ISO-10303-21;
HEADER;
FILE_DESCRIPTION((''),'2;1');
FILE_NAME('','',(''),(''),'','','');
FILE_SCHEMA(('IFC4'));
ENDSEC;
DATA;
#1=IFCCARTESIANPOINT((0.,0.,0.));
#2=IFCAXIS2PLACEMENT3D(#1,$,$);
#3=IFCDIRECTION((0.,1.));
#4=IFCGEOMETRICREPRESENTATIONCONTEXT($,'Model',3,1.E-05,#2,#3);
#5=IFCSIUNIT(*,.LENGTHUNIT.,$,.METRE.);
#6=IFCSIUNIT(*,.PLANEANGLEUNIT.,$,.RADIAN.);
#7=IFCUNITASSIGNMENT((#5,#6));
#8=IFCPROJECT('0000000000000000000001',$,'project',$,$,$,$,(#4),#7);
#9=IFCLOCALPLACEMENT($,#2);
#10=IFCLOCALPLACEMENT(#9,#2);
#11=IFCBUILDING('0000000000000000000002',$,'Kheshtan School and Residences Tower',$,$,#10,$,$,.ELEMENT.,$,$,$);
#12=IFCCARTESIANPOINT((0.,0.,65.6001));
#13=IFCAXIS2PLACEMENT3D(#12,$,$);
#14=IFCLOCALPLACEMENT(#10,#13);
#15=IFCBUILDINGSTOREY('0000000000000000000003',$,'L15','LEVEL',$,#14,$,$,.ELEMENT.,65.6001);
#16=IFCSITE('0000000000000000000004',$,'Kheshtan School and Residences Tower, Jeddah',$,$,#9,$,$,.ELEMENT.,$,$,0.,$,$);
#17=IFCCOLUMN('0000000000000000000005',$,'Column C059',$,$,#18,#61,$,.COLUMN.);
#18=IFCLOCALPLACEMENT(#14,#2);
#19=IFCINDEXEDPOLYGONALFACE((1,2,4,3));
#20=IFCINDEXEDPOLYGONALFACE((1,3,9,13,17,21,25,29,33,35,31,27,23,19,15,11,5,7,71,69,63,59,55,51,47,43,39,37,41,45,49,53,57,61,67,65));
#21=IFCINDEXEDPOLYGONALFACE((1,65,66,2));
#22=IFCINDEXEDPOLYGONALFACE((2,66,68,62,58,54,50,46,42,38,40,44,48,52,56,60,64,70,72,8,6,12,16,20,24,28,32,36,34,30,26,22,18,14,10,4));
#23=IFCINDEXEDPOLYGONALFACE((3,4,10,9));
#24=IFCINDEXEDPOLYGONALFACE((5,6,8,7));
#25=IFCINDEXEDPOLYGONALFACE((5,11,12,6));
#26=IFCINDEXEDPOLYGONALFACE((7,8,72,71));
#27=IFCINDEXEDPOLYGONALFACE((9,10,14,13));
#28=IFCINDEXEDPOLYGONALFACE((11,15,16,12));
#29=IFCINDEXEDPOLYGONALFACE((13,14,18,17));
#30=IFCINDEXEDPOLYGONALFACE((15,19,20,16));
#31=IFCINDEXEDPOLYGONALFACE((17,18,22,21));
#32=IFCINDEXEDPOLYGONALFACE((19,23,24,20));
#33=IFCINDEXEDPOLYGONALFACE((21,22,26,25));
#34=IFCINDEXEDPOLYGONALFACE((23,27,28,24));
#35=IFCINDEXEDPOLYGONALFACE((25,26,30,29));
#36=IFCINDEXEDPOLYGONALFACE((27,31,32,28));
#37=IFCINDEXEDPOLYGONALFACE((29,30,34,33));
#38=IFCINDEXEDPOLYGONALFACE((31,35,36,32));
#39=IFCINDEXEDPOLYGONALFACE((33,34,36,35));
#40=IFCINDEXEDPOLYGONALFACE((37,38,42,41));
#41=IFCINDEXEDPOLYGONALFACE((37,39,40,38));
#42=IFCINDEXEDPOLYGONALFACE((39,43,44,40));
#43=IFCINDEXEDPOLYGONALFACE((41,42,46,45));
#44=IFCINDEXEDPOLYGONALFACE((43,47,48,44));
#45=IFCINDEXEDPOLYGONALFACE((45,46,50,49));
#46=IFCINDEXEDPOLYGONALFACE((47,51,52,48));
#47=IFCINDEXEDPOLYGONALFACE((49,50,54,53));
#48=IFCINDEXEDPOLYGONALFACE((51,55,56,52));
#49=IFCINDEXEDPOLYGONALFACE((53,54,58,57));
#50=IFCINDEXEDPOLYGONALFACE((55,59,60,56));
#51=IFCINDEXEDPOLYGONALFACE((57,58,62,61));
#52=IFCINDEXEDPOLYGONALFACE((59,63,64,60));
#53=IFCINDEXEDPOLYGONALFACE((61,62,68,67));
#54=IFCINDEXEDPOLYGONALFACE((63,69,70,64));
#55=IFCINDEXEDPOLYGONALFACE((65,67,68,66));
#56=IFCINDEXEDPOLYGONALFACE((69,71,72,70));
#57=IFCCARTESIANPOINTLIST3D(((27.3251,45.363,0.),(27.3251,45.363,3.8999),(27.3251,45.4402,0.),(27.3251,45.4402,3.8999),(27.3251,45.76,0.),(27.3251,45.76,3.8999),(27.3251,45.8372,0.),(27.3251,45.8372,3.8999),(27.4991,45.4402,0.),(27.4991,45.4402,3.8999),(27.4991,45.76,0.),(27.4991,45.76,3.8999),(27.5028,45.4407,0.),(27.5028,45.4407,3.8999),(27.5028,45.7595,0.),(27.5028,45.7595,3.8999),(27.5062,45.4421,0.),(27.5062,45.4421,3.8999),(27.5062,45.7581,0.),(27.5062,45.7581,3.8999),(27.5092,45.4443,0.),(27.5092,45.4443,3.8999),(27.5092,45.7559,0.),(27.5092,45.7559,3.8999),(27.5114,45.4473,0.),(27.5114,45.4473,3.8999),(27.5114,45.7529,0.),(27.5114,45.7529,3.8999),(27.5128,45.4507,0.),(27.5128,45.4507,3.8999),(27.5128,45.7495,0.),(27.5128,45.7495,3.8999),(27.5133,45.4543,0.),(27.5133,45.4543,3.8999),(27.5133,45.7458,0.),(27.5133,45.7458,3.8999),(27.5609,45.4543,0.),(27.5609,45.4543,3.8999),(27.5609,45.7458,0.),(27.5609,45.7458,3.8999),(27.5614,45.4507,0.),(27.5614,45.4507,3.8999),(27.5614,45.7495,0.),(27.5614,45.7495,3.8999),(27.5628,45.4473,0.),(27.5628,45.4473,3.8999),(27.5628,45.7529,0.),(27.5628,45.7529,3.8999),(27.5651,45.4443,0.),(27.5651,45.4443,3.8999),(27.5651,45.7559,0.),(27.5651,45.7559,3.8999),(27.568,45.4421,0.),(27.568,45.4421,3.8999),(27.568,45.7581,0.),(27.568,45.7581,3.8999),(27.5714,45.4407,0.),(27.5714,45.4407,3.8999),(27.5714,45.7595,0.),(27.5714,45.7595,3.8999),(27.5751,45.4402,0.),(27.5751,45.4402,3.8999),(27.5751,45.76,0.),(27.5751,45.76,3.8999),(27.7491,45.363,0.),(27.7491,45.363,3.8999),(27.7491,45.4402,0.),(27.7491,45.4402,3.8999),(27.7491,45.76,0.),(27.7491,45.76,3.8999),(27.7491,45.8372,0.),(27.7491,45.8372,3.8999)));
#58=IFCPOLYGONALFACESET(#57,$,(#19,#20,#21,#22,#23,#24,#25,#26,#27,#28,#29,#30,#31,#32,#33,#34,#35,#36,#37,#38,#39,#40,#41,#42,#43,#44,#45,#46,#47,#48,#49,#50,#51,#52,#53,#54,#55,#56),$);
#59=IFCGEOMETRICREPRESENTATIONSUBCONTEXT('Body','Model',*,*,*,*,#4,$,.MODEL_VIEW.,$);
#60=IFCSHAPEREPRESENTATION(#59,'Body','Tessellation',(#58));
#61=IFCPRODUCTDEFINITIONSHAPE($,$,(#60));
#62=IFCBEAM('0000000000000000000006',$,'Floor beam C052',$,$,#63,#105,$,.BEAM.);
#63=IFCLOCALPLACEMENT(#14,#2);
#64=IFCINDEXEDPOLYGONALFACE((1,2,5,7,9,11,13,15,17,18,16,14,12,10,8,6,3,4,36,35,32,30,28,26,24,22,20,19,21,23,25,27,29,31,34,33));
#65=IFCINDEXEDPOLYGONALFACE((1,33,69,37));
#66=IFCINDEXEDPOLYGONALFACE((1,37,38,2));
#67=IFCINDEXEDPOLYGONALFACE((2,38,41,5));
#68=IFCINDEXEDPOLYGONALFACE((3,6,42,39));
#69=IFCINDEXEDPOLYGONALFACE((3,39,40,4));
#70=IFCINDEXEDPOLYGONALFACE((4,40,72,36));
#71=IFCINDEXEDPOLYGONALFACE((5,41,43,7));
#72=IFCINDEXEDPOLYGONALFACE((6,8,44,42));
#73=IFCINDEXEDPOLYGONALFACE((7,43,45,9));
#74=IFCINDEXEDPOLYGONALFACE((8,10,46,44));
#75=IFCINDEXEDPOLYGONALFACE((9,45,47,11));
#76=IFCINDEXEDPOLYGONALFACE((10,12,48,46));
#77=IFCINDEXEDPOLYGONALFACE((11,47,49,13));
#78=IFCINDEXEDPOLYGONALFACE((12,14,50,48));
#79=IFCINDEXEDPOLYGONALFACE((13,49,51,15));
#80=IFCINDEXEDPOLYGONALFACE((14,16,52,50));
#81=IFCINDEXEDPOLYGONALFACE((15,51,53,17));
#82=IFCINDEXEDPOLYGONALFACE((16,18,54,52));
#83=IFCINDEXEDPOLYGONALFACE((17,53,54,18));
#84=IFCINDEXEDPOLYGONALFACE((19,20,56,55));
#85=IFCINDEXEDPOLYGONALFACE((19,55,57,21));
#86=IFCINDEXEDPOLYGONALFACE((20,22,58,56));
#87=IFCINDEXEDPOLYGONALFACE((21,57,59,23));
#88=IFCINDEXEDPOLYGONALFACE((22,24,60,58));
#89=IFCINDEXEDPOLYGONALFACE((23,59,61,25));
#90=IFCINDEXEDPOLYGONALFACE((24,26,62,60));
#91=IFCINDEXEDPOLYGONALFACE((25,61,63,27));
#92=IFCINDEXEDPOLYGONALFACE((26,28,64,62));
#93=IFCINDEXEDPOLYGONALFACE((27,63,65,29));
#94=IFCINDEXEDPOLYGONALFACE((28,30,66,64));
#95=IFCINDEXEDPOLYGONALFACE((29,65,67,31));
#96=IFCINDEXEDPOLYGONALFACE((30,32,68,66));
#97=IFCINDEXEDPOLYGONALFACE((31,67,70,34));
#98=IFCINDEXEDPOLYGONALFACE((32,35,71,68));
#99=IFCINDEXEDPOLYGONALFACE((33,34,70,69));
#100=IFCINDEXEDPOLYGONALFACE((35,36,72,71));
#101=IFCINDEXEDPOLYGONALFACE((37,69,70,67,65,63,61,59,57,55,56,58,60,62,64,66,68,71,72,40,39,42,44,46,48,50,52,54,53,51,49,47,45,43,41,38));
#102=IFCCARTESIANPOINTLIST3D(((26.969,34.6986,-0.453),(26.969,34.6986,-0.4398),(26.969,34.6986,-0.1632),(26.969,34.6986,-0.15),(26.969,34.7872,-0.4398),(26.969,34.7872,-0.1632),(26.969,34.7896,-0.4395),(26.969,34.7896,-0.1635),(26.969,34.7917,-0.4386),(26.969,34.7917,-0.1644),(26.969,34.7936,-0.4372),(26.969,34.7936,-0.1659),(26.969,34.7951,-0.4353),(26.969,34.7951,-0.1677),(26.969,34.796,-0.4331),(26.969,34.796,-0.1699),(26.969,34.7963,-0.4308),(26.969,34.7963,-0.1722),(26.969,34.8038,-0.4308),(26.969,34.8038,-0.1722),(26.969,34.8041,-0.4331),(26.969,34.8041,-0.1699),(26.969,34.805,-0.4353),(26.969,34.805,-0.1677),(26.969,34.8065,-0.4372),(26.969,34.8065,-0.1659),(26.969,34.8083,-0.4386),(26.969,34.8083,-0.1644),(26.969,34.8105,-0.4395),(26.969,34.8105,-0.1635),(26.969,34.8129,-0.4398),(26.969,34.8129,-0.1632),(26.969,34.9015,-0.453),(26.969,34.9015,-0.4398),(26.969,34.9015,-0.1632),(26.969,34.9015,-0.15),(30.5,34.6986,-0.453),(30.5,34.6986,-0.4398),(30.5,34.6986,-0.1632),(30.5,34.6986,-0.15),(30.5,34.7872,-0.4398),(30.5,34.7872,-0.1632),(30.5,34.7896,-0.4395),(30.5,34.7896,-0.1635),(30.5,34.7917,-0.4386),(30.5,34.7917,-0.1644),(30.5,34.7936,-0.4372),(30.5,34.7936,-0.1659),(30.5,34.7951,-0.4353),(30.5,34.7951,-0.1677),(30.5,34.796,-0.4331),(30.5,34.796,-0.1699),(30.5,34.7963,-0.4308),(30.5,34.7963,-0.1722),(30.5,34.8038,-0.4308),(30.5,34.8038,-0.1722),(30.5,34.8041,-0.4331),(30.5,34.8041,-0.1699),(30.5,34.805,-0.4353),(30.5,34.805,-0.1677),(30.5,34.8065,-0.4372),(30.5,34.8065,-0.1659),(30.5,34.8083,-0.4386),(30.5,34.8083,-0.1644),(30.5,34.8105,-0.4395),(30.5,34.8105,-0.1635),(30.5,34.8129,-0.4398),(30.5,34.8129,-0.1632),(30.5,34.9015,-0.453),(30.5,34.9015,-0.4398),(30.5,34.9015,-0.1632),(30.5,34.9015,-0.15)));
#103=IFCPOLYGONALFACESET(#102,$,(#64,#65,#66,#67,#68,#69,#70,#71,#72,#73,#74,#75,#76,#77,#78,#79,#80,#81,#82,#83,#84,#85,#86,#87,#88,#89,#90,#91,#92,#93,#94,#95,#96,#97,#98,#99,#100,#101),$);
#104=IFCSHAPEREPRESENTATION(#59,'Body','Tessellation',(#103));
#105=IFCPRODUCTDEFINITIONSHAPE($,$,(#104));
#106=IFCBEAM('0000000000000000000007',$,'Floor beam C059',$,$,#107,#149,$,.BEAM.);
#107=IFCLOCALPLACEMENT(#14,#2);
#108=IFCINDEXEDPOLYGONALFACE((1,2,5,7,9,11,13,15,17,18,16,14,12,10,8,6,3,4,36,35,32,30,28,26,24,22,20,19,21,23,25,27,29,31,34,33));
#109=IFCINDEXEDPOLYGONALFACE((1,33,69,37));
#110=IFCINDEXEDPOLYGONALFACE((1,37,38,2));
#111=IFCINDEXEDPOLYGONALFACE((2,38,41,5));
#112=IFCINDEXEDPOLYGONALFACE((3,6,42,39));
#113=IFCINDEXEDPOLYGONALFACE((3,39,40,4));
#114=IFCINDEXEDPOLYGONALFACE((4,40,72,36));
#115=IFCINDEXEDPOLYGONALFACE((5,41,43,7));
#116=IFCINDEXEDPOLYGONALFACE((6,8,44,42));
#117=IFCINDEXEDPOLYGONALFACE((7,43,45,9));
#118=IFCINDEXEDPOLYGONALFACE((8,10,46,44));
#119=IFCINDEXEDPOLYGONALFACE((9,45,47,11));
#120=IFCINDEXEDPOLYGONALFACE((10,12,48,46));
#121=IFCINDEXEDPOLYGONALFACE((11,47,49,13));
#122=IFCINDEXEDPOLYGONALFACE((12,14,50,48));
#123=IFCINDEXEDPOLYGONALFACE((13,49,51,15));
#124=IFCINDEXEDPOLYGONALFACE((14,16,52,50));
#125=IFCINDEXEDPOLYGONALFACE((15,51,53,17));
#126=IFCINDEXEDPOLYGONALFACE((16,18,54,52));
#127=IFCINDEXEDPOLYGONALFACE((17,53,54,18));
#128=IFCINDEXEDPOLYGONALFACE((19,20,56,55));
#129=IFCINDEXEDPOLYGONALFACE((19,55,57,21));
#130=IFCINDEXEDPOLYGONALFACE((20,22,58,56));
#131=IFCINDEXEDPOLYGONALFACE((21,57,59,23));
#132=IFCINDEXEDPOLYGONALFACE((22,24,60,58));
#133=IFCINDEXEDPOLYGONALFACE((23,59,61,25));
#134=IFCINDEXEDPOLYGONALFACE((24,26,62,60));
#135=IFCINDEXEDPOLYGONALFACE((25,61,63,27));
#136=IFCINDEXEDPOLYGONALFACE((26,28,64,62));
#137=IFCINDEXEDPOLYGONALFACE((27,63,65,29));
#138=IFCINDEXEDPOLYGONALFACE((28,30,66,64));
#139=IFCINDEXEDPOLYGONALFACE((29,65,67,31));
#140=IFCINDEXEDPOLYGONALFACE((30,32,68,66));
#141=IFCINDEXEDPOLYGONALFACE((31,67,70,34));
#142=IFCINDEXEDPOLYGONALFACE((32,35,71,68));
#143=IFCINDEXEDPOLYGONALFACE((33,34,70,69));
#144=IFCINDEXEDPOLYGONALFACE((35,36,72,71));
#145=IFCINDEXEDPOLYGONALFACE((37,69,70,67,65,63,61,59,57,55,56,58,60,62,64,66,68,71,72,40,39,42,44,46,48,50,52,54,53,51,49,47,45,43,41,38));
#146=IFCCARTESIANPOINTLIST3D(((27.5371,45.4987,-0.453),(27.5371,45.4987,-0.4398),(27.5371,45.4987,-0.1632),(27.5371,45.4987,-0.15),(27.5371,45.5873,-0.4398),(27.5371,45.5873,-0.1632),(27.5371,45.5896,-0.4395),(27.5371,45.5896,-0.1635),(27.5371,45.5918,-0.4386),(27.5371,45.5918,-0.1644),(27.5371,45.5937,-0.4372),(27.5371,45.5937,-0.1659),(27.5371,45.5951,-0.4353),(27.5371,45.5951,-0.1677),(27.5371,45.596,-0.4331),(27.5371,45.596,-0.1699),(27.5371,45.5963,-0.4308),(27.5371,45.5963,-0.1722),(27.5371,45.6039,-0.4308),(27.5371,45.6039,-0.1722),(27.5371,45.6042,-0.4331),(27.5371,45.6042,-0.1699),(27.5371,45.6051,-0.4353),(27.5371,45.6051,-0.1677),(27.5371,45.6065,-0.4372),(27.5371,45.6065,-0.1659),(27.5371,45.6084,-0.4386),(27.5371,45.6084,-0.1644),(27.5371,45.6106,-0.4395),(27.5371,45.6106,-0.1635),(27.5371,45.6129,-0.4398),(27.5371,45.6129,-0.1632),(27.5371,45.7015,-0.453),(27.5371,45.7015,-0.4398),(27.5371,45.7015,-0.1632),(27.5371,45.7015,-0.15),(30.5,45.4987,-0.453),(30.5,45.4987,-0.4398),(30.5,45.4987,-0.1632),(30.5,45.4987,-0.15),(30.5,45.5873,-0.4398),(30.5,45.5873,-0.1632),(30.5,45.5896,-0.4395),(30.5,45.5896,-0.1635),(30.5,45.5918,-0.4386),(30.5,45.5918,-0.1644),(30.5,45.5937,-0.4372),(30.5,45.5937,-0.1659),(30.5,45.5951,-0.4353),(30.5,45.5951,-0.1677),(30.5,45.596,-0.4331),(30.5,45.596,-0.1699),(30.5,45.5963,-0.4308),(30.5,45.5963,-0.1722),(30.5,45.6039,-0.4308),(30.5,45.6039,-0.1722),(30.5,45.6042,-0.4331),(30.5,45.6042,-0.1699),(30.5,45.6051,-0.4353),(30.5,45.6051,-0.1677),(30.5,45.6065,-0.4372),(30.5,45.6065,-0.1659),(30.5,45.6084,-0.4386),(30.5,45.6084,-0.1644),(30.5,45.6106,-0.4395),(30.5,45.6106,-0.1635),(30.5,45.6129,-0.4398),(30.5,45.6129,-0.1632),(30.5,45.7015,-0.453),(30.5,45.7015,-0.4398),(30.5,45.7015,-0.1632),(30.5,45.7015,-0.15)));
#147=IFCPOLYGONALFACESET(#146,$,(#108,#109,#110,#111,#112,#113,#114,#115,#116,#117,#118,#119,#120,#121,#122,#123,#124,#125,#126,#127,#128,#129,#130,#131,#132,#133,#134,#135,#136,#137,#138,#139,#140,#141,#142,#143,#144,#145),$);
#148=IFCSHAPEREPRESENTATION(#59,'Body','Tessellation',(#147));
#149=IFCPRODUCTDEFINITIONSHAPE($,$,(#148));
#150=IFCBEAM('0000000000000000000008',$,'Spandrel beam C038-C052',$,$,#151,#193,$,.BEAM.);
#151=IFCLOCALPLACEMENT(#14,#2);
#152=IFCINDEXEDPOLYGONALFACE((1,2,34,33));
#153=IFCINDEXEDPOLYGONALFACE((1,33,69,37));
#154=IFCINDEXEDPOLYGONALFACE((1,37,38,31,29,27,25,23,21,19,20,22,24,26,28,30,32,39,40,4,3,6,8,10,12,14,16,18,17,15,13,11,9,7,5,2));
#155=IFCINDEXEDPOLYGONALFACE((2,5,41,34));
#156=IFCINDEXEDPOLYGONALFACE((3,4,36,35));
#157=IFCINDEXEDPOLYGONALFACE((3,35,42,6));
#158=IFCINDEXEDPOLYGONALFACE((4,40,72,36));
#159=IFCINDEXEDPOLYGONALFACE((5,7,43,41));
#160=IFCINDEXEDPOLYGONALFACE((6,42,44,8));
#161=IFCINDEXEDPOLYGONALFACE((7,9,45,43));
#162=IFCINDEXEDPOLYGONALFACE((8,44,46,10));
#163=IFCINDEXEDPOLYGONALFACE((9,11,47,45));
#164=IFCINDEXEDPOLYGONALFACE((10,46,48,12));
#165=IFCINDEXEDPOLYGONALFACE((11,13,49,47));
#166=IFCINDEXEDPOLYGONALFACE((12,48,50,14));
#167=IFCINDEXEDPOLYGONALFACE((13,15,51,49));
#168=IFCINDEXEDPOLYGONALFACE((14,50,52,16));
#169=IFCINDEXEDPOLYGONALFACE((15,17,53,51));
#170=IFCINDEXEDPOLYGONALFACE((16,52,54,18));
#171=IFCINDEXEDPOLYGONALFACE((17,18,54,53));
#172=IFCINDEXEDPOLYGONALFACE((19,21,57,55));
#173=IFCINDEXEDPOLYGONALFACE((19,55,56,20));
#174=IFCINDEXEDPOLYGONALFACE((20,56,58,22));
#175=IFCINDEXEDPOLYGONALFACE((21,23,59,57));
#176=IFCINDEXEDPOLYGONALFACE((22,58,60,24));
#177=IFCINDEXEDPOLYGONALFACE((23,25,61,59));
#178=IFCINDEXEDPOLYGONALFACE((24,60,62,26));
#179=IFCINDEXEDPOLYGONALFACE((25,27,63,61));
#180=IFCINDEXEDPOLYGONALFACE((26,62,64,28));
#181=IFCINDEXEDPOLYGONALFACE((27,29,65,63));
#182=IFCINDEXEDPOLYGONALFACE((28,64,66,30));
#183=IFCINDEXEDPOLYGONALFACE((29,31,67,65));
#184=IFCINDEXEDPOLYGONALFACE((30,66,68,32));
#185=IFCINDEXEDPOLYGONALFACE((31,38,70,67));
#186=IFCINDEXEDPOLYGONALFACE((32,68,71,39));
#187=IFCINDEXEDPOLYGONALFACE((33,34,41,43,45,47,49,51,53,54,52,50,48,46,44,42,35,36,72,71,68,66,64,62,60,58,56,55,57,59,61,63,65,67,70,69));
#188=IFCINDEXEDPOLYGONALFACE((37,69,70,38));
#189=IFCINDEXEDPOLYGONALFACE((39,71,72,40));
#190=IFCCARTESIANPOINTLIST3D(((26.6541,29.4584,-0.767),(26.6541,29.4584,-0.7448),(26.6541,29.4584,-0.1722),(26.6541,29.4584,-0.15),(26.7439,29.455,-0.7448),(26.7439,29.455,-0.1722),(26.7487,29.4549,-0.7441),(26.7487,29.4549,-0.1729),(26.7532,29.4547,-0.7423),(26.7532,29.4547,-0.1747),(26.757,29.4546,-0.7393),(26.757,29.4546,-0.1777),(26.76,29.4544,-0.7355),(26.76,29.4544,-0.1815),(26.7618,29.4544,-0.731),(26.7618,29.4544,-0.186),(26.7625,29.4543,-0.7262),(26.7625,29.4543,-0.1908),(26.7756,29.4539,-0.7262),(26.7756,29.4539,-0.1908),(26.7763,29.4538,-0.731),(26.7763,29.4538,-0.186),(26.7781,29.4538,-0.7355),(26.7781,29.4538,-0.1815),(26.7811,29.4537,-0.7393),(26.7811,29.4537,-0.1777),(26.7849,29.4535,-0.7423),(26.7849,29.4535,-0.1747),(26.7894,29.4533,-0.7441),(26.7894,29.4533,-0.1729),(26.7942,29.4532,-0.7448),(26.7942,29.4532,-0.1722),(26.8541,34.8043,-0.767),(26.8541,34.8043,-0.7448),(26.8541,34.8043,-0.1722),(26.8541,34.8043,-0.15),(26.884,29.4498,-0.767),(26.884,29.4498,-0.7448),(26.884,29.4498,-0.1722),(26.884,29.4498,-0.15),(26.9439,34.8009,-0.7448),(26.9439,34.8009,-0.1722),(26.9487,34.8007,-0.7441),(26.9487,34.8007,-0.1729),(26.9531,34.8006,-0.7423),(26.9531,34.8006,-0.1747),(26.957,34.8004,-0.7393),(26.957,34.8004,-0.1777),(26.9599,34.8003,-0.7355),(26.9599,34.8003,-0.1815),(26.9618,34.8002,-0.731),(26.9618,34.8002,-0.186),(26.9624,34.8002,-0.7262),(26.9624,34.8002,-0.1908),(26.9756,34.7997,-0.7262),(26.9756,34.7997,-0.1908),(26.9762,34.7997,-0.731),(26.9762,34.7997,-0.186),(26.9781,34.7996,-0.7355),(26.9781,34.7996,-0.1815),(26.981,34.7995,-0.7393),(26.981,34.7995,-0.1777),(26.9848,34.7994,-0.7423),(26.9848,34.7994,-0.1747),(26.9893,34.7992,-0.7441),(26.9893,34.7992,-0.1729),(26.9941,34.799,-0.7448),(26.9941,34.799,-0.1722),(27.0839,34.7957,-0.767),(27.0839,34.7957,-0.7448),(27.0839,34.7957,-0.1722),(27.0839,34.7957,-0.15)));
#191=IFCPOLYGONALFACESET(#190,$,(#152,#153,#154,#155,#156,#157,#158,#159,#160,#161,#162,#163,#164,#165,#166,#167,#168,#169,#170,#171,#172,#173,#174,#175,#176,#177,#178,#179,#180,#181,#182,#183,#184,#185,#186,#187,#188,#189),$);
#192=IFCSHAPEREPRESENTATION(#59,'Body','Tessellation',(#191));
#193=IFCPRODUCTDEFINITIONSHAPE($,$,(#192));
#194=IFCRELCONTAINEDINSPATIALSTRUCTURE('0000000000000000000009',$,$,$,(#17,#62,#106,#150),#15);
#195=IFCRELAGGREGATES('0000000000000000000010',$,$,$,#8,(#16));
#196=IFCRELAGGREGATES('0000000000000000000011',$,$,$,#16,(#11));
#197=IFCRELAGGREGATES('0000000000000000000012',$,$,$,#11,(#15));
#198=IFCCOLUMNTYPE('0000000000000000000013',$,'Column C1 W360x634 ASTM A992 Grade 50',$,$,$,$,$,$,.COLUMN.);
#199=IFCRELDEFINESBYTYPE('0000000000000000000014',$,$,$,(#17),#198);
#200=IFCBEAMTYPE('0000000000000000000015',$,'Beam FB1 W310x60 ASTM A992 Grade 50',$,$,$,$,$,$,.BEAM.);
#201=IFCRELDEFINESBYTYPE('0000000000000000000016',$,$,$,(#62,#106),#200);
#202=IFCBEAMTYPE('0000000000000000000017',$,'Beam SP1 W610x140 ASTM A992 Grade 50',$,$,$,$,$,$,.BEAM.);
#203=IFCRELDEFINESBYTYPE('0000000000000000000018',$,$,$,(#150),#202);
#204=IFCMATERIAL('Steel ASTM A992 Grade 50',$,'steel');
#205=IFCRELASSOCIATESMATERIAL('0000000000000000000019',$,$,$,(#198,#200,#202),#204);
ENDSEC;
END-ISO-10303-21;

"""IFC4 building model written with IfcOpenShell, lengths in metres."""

from ifc_helpers import new_model, si_unit, direction, frame, origin, origin_2d, place, context, subcontext, project, spatial, i_section, extrude, material, material_profile, profile_set, type_object, element, save


model = new_model("IFC4")

# Units and contexts
model_context = context("Model", 3, precision=1e-05, world=origin(), true_north=direction((0.0, 1.0)))
body_context = subcontext(model_context, "Body", "Model", "MODEL_VIEW")
ifc_project = project(units=[si_unit("LENGTHUNIT", "METRE"), si_unit("PLANEANGLEUNIT", "RADIAN")], contexts=[model_context])

# Site, building, storey
site_placement = place(None, origin())
site = spatial("IfcSite", under=ifc_project, at=site_placement, Name="Kheshtan School and Residences Tower, Jeddah", CompositionType="ELEMENT", RefElevation=0.0)
building_placement = place(site_placement, origin())
building = spatial("IfcBuilding", under=site, at=building_placement, Name="Kheshtan School and Residences Tower", CompositionType="ELEMENT")
storey_placement = place(building_placement, frame((0.0, 0.0, 65.6001)))
storey = spatial("IfcBuildingStorey", under=building, at=storey_placement, Name="L15", Description="LEVEL", CompositionType="ELEMENT", Elevation=65.6001)

# Column
ifc_material_1 = material(Name="Steel ASTM A992 Grade 50", Category="steel")
ifc_material_profile_1 = material_profile(ifc_material_1, i_section(OverallWidth=0.4241, OverallDepth=0.4741, WebThickness=0.0476, FlangeThickness=0.0771, FilletRadius=0.0142, at=origin_2d()), Name="W360x634")
ifc_profile_set_1 = profile_set([ifc_material_profile_1], Name="Steel ASTM A992 Grade 50")
column_type = type_object("IfcColumnType", Name="Column C1 W360x634 ASTM A992 Grade 50", PredefinedType="COLUMN", material=ifc_profile_set_1)
for number, where, z_axis, x_axis, name in (
    (1, (27.5371, 45.6001, 0.0), (0.0, 0.0, 1.0), (1.0, 0.0, 0.0), "Column C059"),
):
    element("IfcColumn", number, at=place(storey_placement, frame(where, z_axis=z_axis, x_axis=x_axis)), inside=storey, type_object=column_type, Name=name, PredefinedType="COLUMN", context=body_context, shape_type="SweptSolid", body=[
        extrude(i_section(OverallWidth=0.4241, OverallDepth=0.4741, WebThickness=0.0476, FlangeThickness=0.0771, FilletRadius=0.0142, at=origin_2d()), origin(), (0.0, 0.0, 1.0), 3.8999),
    ])

# Beams
ifc_material_profile_2 = material_profile(ifc_material_1, i_section(OverallWidth=0.2029, OverallDepth=0.303, WebThickness=0.0076, FlangeThickness=0.0132, FilletRadius=0.009, at=origin_2d()), Name="W310x60")
ifc_profile_set_2 = profile_set([ifc_material_profile_2], Name="Steel ASTM A992 Grade 50")
beam_type_1 = type_object("IfcBeamType", Name="Beam FB1 W310x60 ASTM A992 Grade 50", PredefinedType="BEAM", material=ifc_profile_set_2)
beam_1_placement = place(storey_placement, frame((26.969, 34.8, -0.3015), z_axis=(1.0, 0.0, 0.0), x_axis=(0.0, 1.0, 0.0)))
element("IfcBeam", 2, at=beam_1_placement, inside=storey, type_object=beam_type_1, Name="Floor beam C052", PredefinedType="BEAM", context=body_context, shape_type="SweptSolid", body=[
    extrude(i_section(OverallWidth=0.2029, OverallDepth=0.303, WebThickness=0.0076, FlangeThickness=0.0132, FilletRadius=0.009, at=origin_2d()), origin(), (0.0, 0.0, 1.0), 3.531),
])
beam_2_placement = place(storey_placement, frame((27.5371, 45.6001, -0.3015), z_axis=(1.0, 0.0, 0.0), x_axis=(0.0, 1.0, 0.0)))
element("IfcBeam", 3, at=beam_2_placement, inside=storey, type_object=beam_type_1, Name="Floor beam C059", PredefinedType="BEAM", context=body_context, shape_type="SweptSolid", body=[
    extrude(i_section(OverallWidth=0.2029, OverallDepth=0.303, WebThickness=0.0076, FlangeThickness=0.0132, FilletRadius=0.009, at=origin_2d()), origin(), (0.0, 0.0, 1.0), 2.9629),
])
ifc_material_profile_3 = material_profile(ifc_material_1, i_section(OverallWidth=0.23, OverallDepth=0.6169, WebThickness=0.0132, FlangeThickness=0.0222, FilletRadius=0.0186, at=origin_2d()), Name="W610x140")
ifc_profile_set_3 = profile_set([ifc_material_profile_3], Name="Steel ASTM A992 Grade 50")
beam_type_2 = type_object("IfcBeamType", Name="Beam SP1 W610x140 ASTM A992 Grade 50", PredefinedType="BEAM", material=ifc_profile_set_3)
beam_3_placement = place(storey_placement, frame((26.769, 29.4541, -0.4585), z_axis=(0.037376, 0.999301, 0.0), x_axis=(-0.999301, 0.037376, 0.0)))
element("IfcBeam", 4, at=beam_3_placement, inside=storey, type_object=beam_type_2, Name="Spandrel beam C038-C052", PredefinedType="BEAM", context=body_context, shape_type="SweptSolid", body=[
    extrude(i_section(OverallWidth=0.23, OverallDepth=0.6169, WebThickness=0.0132, FlangeThickness=0.0222, FilletRadius=0.0186, at=origin_2d()), origin(), (0.0, 0.0, 1.0), 5.3496),
])

save(model, "model.ifc")
